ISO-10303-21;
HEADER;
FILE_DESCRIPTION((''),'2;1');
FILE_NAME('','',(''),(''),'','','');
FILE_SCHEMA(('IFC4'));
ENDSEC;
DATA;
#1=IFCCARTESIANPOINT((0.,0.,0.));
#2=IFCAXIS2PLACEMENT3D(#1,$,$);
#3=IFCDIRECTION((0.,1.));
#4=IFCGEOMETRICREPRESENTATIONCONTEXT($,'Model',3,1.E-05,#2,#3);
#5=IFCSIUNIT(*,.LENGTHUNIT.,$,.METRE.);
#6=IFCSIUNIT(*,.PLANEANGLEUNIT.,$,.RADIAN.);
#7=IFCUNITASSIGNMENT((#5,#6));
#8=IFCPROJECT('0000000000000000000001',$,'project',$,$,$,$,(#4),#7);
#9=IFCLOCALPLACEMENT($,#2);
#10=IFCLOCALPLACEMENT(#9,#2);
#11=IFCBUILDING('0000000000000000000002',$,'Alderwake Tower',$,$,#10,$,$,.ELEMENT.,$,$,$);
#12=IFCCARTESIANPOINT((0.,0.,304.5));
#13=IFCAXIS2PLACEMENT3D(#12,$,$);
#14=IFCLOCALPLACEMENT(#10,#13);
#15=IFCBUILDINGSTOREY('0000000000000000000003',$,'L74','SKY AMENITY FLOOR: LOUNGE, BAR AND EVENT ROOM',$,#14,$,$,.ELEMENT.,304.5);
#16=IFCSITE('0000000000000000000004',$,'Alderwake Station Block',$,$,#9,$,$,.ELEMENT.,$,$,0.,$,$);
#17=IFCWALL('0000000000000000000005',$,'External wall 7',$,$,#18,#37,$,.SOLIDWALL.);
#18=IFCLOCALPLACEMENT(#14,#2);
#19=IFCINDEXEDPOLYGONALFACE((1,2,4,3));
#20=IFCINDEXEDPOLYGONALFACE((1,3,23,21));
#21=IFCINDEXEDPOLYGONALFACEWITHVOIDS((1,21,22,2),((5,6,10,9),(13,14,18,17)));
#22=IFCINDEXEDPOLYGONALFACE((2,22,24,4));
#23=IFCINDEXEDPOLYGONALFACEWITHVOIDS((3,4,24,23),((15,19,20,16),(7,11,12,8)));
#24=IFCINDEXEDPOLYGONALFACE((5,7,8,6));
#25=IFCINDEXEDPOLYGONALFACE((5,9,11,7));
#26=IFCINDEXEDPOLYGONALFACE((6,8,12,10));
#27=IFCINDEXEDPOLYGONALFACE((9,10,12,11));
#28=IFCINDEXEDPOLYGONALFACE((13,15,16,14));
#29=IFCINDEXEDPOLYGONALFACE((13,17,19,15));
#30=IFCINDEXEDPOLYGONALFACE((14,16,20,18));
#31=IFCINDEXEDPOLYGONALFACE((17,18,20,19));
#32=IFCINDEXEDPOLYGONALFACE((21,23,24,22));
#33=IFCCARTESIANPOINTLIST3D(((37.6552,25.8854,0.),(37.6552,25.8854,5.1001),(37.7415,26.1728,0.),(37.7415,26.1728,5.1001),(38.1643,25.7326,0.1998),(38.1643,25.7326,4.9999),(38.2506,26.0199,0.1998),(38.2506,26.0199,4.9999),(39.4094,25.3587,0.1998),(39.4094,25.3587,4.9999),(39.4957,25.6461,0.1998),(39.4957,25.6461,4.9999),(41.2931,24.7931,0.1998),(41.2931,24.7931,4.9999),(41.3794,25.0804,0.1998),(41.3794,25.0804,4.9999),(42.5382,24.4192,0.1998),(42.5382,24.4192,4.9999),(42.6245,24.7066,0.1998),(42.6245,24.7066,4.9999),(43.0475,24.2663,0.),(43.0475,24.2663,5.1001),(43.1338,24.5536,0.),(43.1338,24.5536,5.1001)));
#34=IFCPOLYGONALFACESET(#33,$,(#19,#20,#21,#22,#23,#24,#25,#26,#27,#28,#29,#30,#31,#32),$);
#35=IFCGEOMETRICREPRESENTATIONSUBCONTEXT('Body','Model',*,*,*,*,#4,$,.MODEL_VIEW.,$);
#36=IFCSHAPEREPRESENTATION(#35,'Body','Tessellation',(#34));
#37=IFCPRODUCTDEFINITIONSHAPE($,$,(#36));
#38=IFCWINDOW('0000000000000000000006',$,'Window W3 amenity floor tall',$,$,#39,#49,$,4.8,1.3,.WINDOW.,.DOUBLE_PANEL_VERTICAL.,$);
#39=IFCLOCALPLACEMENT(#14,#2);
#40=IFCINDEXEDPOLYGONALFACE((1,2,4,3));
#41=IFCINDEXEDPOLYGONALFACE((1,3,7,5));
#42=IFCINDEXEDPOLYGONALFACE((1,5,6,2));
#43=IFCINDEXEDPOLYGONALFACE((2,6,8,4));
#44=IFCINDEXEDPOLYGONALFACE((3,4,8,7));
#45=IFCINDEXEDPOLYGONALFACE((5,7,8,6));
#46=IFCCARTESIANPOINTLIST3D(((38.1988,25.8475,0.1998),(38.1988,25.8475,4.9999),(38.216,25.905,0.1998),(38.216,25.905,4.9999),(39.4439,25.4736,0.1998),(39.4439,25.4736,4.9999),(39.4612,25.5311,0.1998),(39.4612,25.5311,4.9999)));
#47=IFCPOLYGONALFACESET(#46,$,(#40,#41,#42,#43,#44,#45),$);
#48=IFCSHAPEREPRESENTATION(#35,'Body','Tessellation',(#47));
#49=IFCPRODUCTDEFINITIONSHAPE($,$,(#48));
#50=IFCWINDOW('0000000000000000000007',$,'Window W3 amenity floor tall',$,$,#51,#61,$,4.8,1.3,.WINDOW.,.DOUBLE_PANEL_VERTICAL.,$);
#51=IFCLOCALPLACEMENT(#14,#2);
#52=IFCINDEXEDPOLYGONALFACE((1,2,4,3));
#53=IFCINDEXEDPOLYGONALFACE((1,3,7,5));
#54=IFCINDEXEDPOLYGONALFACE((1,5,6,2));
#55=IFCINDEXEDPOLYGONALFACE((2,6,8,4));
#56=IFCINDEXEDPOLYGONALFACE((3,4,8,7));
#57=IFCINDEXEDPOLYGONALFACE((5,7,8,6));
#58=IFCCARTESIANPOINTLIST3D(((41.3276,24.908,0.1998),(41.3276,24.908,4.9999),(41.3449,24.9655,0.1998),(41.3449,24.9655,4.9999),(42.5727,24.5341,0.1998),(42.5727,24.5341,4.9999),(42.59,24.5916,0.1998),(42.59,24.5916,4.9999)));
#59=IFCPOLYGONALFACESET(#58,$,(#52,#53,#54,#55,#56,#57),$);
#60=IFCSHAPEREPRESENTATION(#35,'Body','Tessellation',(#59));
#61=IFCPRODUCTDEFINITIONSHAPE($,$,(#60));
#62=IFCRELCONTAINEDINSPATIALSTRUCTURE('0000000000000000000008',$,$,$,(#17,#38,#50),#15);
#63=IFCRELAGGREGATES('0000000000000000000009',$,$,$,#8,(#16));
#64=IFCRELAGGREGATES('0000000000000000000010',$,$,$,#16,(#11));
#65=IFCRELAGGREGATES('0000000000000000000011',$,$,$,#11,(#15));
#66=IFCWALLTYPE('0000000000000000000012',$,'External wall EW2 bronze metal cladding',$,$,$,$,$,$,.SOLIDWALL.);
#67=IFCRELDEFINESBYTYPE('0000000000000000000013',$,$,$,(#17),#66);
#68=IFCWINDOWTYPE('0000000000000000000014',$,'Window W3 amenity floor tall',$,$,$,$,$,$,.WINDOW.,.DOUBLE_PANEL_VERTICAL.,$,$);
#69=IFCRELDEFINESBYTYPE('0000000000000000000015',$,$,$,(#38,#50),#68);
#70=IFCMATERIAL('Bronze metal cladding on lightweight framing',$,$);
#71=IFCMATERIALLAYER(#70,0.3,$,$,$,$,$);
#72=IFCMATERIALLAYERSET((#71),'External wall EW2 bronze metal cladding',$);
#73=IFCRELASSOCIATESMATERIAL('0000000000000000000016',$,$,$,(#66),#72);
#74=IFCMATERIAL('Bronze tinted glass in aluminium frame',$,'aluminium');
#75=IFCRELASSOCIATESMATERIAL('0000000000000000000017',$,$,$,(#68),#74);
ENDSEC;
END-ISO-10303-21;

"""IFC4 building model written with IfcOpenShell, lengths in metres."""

from ifc_helpers import new_model, si_unit, direction, frame, frame_2d, origin, place, context, subcontext, project, spatial, rectangle, extrude, material, layer, layer_set, type_object, element, fill, save


model = new_model("IFC4")

# Units and contexts
model_context = context("Model", 3, precision=1e-05, world=origin(), true_north=direction((0.0, 1.0)))
body_context = subcontext(model_context, "Body", "Model", "MODEL_VIEW")
ifc_project = project(units=[si_unit("LENGTHUNIT", "METRE"), si_unit("PLANEANGLEUNIT", "RADIAN")], contexts=[model_context])

# Site, building, storey
site_placement = place(None, origin())
site = spatial("IfcSite", under=ifc_project, at=site_placement, Name="Alderwake Station Block", CompositionType="ELEMENT", RefElevation=0.0)
building_placement = place(site_placement, origin())
building = spatial("IfcBuilding", under=site, at=building_placement, Name="Alderwake Tower", CompositionType="ELEMENT")
storey_placement = place(building_placement, frame((0.0, 0.0, 304.5)))
storey = spatial("IfcBuildingStorey", under=building, at=storey_placement, Name="L74", Description="SKY AMENITY FLOOR: LOUNGE, BAR AND EVENT ROOM", CompositionType="ELEMENT", Elevation=304.5)

# Wall, openings, windows
ifc_material_1 = material(Name="Bronze metal cladding on lightweight framing")
ifc_layer_1 = layer(ifc_material_1, 0.3)
ifc_layer_set_1 = layer_set([ifc_layer_1], Name="External wall EW2 bronze metal cladding")
wall_type_1 = type_object("IfcWallType", Name="External wall EW2 bronze metal cladding", PredefinedType="SOLIDWALL", material=ifc_layer_set_1)
ifc_material_2 = material(Name="Bronze tinted glass in aluminium frame", Category="aluminium")
window_type = type_object("IfcWindowType", Name="Window W3 amenity floor tall", PartitioningType="DOUBLE_PANEL_VERTICAL", PredefinedType="WINDOW", material=ifc_material_2)
wall_1_placement = place(storey_placement, frame((37.6985, 26.0291, 0.0), z_axis=(0.0, 0.0, 1.0), x_axis=(0.957756, -0.287583, 0.0)))
wall_1 = element("IfcWall", 1, at=wall_1_placement, inside=storey, type_object=wall_type_1, Name="External wall 7", PredefinedType="SOLIDWALL", context=body_context, shape_type="SweptSolid", body=[
    extrude(rectangle(XDim=5.6301, YDim=0.3, at=frame_2d((2.8149, 0.0))), origin(), (0.0, 0.0, 1.0), 5.1001),
])
opening_1_placement = place(wall_1_placement, frame((0.5315, 0.0, 0.2)))
opening_1 = element("IfcOpeningElement", 2, at=opening_1_placement, cuts=wall_1, PredefinedType="OPENING", context=body_context, shape_type="SweptSolid", body=[
    extrude(rectangle(XDim=1.3, YDim=4.8, at=frame_2d((0.6499, 2.3999))), frame((0.0, 0.1599, 0.0), z_axis=(0.0, -1.0, 0.0), x_axis=(1.0, 0.0, 0.0)), (0.0, 0.0, 1.0), 0.3201),
])
opening_2_placement = place(wall_1_placement, frame((3.7983, 0.0, 0.2)))
opening_2 = element("IfcOpeningElement", 3, at=opening_2_placement, cuts=wall_1, PredefinedType="OPENING", context=body_context, shape_type="SweptSolid", body=[
    extrude(rectangle(XDim=1.3, YDim=4.8, at=frame_2d((0.6499, 2.3999))), frame((0.0, 0.1599, 0.0), z_axis=(0.0, -1.0, 0.0), x_axis=(1.0, 0.0, 0.0)), (0.0, 0.0, 1.0), 0.3201),
])
window_1_placement = place(opening_1_placement, origin())
window_1 = element("IfcWindow", 4, at=window_1_placement, inside=storey, type_object=window_type, Name="Window W3 amenity floor tall", OverallHeight=4.8, OverallWidth=1.3, PartitioningType="DOUBLE_PANEL_VERTICAL", PredefinedType="WINDOW", context=body_context, shape_type="SweptSolid", body=[
    extrude(rectangle(XDim=1.3, YDim=4.8, at=frame_2d((0.6499, 2.3999))), frame((0.0, 0.03, 0.0), z_axis=(0.0, -1.0, 0.0), x_axis=(1.0, 0.0, 0.0)), (0.0, 0.0, 1.0), 0.0601),
])
fill(opening_1, window_1)
window_2_placement = place(opening_2_placement, origin())
window_2 = element("IfcWindow", 5, at=window_2_placement, inside=storey, type_object=window_type, Name="Window W3 amenity floor tall", OverallHeight=4.8, OverallWidth=1.3, PartitioningType="DOUBLE_PANEL_VERTICAL", PredefinedType="WINDOW", context=body_context, shape_type="SweptSolid", body=[
    extrude(rectangle(XDim=1.3, YDim=4.8, at=frame_2d((0.6499, 2.3999))), frame((0.0, 0.03, 0.0), z_axis=(0.0, -1.0, 0.0), x_axis=(1.0, 0.0, 0.0)), (0.0, 0.0, 1.0), 0.0601),
])
fill(opening_2, window_2)

save(model, "model.ifc")
